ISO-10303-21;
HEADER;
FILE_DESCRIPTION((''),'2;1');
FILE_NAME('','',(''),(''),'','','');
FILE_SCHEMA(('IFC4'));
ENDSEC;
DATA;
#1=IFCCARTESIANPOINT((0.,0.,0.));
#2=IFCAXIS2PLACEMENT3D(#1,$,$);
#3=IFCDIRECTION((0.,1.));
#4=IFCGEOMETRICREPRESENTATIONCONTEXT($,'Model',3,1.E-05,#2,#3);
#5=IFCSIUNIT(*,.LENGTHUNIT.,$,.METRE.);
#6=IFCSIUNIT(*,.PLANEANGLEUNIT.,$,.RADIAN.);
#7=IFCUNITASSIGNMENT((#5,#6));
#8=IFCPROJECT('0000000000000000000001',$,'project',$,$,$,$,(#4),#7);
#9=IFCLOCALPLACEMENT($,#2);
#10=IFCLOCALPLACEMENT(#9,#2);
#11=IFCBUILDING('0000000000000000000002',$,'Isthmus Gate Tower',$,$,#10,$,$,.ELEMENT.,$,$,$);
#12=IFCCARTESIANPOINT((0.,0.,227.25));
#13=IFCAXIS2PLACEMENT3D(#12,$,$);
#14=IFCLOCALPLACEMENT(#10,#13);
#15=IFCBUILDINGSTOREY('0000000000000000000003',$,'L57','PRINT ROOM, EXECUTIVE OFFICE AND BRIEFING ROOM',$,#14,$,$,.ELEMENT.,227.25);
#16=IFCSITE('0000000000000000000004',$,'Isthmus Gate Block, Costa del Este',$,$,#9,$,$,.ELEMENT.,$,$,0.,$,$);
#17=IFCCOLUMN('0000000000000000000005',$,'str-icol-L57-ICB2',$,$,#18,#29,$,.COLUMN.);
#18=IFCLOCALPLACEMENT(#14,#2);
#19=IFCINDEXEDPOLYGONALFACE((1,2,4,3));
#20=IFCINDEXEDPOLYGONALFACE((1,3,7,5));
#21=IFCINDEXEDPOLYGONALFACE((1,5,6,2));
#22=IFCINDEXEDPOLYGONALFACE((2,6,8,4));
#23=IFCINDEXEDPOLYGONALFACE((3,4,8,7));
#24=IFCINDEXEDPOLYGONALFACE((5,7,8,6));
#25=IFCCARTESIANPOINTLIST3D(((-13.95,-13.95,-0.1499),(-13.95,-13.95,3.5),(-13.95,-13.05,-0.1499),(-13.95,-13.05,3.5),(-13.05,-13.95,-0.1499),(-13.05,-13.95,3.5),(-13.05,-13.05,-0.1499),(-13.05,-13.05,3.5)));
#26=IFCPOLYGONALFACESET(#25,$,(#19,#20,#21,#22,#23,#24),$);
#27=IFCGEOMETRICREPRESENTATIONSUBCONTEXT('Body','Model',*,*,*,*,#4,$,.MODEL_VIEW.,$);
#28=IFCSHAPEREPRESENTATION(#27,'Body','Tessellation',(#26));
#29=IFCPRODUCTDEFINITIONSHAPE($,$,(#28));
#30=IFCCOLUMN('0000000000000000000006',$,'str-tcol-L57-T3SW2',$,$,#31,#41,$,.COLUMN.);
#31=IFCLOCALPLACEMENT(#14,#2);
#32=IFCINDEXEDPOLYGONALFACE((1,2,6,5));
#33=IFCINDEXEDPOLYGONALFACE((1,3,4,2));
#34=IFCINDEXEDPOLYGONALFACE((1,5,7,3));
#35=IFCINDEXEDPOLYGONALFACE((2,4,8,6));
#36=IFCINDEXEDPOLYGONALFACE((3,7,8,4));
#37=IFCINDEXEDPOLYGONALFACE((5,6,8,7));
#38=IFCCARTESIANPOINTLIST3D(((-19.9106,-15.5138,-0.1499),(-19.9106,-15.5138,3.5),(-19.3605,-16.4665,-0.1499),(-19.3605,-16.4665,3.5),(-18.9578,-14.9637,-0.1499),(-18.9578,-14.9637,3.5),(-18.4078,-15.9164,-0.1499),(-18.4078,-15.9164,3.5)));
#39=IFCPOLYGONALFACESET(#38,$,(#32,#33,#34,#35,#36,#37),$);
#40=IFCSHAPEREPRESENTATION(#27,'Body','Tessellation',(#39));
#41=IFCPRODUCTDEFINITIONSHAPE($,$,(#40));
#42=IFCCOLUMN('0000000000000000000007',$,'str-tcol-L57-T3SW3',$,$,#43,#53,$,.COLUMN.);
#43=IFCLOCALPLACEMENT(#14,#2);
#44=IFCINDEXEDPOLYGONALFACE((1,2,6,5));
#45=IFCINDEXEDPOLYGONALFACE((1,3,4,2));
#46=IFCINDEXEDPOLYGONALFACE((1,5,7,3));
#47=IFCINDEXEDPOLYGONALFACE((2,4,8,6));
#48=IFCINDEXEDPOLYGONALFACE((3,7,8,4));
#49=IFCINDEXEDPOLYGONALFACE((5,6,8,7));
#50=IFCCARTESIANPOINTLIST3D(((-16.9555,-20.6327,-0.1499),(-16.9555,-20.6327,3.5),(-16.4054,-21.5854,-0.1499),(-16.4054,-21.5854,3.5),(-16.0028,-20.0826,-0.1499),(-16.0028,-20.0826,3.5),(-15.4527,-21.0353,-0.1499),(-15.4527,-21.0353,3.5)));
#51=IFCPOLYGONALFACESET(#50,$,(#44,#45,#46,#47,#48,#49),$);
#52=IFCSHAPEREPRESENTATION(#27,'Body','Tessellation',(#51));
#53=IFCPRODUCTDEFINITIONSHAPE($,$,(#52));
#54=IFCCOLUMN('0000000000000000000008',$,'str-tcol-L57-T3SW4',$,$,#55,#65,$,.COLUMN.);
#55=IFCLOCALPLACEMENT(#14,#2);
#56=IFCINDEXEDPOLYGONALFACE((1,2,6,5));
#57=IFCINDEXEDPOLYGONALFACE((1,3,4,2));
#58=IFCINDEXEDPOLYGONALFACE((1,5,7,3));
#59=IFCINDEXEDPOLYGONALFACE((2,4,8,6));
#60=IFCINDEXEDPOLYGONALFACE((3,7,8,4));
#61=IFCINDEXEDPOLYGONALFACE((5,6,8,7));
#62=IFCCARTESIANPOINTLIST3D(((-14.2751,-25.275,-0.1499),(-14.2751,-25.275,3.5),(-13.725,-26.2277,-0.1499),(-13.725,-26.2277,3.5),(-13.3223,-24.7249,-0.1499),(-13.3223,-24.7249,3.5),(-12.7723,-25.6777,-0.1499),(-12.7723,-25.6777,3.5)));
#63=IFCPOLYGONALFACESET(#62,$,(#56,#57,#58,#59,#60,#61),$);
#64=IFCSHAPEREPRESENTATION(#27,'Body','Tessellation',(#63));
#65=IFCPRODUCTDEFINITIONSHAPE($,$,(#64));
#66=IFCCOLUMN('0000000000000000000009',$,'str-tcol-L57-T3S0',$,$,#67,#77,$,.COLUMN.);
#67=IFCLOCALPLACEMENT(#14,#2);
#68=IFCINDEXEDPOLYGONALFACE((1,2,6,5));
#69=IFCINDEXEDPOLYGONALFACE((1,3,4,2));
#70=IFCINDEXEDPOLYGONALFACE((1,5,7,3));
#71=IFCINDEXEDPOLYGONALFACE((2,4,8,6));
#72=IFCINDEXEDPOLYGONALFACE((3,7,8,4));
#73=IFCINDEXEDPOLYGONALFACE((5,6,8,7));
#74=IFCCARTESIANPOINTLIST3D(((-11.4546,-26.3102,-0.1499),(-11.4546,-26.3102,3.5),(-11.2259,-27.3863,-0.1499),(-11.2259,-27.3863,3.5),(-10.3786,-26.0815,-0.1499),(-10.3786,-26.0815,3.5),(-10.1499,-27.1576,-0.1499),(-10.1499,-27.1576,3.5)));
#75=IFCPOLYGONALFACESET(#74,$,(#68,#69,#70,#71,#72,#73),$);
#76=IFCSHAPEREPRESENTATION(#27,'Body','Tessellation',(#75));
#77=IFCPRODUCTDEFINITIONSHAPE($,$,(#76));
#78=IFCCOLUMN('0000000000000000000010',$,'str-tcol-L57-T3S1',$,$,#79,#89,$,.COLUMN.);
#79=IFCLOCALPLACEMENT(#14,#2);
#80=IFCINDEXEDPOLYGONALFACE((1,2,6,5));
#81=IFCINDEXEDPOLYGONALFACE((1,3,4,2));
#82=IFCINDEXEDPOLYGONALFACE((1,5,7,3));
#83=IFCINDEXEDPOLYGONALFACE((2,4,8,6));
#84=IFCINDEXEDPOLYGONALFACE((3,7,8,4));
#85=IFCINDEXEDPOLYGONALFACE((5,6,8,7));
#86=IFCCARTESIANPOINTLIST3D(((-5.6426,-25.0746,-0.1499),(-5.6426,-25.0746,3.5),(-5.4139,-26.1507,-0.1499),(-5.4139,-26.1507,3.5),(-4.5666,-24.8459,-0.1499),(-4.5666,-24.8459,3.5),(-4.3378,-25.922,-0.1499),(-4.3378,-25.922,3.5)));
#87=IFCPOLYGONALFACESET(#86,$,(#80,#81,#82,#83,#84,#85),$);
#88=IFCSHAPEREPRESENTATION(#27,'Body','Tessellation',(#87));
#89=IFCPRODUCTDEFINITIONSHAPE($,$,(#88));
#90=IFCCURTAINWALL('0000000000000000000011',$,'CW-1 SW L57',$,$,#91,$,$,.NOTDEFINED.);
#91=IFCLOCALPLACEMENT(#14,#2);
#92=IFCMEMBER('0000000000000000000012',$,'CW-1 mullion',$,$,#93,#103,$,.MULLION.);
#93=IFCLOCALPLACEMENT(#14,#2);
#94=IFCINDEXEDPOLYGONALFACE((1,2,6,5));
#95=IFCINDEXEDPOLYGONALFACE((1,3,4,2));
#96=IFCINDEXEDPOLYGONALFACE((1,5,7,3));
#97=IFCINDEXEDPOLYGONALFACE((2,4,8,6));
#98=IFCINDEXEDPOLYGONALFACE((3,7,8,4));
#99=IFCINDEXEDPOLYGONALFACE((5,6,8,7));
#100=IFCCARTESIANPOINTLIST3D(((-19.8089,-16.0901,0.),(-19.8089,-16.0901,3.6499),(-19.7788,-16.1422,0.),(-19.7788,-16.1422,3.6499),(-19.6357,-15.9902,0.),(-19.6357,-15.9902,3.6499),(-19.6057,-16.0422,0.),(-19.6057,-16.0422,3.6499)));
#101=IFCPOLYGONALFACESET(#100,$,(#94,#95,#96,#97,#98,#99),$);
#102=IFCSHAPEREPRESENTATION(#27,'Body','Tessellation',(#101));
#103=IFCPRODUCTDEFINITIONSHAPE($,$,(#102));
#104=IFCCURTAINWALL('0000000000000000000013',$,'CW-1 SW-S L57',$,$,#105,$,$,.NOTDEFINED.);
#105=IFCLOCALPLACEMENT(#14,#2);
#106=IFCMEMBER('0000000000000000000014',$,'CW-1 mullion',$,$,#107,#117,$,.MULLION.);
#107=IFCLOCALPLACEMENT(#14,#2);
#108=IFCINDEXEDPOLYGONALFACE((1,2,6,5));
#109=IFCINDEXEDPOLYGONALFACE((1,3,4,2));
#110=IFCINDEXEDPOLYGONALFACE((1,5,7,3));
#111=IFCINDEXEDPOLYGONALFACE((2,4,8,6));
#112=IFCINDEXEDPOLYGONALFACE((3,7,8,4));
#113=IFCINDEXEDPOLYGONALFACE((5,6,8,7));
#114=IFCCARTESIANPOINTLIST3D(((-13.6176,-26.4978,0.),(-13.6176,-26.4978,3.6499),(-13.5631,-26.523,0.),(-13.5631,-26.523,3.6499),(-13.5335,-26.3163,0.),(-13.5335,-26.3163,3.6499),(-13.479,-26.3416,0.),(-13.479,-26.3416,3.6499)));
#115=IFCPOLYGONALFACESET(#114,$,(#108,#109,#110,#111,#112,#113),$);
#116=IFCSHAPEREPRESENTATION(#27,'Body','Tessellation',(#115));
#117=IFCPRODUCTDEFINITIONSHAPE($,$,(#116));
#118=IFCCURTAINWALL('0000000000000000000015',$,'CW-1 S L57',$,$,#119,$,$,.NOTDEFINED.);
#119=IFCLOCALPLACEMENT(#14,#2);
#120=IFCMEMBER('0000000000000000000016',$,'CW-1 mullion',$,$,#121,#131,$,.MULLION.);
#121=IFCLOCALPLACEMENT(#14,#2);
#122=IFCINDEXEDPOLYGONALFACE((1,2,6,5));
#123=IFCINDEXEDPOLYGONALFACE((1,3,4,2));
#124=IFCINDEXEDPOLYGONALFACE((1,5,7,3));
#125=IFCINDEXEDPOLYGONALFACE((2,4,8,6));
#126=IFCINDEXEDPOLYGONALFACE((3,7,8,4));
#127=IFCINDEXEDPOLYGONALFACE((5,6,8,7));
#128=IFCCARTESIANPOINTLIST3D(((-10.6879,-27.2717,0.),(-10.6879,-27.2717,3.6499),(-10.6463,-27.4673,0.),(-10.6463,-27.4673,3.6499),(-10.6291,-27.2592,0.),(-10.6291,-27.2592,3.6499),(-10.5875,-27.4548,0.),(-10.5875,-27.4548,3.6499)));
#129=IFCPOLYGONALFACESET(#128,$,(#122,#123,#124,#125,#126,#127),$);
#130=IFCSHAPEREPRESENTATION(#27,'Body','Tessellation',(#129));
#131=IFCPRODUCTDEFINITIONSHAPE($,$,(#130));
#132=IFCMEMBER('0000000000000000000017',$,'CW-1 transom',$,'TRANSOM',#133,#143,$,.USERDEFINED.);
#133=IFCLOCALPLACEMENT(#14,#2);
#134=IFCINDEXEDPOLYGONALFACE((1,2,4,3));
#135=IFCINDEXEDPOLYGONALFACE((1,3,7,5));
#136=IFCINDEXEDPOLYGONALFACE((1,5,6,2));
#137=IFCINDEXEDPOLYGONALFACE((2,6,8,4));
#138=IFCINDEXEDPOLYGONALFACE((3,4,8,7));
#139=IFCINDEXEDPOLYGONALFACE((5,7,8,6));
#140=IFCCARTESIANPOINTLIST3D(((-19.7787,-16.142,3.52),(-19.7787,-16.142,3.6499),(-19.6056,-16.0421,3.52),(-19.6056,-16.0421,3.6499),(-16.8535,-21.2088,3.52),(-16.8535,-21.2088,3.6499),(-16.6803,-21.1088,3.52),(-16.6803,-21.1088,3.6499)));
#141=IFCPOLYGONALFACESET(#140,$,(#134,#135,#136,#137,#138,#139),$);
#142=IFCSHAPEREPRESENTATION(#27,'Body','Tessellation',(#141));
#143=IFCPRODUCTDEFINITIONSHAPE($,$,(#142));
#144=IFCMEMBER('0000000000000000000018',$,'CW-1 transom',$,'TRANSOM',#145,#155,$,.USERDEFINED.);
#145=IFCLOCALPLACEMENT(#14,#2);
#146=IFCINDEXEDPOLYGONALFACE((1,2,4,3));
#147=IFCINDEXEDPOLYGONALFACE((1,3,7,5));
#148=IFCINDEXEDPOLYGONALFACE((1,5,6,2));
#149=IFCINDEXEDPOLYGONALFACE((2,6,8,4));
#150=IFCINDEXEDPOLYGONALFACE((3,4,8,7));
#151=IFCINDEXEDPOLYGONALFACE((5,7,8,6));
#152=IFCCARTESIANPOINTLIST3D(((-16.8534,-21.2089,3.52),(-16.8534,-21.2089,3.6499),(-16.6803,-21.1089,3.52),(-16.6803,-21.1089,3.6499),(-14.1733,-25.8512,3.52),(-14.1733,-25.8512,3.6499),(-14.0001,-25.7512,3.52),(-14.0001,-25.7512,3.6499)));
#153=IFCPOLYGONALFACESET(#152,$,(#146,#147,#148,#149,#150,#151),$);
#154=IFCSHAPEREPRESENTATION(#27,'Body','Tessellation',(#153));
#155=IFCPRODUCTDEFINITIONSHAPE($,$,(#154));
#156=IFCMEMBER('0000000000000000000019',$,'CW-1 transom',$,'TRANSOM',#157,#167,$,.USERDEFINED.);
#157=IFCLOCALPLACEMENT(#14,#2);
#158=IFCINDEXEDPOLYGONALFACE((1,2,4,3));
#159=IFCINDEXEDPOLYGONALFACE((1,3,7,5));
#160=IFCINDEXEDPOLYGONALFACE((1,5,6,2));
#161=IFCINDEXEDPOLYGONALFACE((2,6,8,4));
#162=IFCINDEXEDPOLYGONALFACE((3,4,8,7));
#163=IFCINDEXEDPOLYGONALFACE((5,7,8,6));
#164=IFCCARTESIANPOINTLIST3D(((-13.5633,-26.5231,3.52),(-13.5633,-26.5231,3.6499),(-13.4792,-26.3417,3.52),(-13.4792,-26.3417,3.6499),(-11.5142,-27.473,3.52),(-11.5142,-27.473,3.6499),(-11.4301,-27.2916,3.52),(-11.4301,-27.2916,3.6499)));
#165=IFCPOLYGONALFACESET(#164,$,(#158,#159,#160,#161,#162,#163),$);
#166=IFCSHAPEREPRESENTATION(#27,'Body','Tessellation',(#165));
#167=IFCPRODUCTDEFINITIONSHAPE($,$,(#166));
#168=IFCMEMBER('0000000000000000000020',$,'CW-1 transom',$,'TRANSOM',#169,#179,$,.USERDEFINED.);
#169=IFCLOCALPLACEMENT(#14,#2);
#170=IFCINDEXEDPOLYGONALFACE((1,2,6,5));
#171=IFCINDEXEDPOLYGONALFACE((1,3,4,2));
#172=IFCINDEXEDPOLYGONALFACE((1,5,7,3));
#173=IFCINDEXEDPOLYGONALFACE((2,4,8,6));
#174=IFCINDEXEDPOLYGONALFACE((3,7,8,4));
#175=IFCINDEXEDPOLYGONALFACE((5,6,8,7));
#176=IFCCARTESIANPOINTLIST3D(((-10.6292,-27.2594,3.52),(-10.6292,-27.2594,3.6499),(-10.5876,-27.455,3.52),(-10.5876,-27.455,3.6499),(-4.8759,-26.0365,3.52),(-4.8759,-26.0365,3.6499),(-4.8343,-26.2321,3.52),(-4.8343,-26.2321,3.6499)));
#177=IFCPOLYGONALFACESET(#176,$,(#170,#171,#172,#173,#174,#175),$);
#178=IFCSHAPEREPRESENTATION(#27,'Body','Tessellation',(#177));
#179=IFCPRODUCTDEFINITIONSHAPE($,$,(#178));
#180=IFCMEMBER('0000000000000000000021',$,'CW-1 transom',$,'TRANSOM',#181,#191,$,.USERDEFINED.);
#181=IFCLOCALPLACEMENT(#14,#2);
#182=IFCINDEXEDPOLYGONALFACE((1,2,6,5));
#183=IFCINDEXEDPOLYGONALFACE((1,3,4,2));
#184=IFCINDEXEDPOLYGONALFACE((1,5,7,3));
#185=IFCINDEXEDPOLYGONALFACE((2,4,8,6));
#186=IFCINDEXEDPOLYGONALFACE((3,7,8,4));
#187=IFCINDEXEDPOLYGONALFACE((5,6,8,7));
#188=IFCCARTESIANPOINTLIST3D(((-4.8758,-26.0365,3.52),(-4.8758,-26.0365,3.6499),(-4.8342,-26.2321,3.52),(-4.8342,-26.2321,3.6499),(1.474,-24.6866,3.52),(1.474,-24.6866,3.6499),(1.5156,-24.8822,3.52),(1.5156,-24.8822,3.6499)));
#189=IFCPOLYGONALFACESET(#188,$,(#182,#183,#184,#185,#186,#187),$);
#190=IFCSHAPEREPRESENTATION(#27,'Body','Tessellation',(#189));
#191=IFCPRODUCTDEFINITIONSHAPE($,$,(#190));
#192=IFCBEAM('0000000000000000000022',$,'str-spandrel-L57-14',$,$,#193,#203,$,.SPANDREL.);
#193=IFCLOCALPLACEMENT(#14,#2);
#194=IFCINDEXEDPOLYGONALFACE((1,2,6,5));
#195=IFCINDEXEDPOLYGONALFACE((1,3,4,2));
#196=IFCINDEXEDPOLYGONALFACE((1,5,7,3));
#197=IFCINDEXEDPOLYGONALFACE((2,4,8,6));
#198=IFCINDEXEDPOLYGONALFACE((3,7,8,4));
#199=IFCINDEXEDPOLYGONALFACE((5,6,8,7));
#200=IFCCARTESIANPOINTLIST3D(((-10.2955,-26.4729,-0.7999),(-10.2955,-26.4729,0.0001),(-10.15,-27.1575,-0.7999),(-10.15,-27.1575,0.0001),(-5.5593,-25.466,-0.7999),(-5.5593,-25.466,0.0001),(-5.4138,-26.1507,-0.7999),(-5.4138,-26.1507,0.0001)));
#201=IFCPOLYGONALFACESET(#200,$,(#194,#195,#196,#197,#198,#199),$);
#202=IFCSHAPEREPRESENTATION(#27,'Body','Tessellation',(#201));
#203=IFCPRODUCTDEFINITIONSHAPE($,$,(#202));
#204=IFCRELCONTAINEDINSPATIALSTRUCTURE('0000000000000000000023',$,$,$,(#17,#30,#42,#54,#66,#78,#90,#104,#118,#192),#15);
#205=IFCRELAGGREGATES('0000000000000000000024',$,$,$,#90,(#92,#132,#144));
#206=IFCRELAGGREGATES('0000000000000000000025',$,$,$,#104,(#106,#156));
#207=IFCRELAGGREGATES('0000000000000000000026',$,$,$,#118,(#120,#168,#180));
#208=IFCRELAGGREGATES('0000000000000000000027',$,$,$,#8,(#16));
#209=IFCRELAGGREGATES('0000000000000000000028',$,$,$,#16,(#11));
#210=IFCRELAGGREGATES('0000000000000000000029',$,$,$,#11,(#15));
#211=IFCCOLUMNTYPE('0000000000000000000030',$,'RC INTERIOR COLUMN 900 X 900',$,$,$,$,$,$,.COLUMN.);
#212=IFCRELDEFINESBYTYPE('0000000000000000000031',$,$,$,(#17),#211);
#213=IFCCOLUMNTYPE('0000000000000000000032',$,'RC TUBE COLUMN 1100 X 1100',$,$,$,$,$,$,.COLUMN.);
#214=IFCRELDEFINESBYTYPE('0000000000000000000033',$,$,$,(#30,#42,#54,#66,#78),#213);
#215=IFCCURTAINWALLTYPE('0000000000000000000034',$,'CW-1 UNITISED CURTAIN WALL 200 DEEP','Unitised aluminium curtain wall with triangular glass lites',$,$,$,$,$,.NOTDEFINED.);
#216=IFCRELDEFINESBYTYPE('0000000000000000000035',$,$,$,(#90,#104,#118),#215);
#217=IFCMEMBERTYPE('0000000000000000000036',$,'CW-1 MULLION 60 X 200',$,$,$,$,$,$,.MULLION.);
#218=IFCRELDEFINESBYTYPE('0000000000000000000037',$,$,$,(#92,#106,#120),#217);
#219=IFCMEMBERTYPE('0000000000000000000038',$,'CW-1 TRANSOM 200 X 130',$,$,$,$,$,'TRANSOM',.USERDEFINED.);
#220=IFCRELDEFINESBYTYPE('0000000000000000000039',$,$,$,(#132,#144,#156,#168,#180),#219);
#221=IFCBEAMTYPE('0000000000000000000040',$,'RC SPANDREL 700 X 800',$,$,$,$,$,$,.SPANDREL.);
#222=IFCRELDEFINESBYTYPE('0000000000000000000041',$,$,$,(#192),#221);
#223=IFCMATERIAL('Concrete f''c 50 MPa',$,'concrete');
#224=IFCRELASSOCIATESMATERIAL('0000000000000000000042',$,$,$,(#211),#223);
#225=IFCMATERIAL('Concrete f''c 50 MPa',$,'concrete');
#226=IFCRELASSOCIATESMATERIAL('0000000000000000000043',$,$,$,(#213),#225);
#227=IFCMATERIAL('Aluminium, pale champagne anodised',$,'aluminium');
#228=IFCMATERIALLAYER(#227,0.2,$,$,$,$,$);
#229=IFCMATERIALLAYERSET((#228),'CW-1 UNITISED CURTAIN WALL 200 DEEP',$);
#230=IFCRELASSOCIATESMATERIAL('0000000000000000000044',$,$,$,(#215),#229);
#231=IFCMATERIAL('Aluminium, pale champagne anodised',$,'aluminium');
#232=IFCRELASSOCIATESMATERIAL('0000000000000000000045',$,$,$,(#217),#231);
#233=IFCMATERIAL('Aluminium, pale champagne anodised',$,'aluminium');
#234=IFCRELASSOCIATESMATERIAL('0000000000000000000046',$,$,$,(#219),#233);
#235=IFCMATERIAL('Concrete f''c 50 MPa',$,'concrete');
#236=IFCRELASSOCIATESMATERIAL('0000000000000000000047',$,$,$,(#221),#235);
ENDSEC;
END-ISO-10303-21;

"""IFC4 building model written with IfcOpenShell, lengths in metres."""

from ifc_helpers import new_model, si_unit, direction, frame, origin, origin_2d, place, context, subcontext, project, spatial, rectangle, extrude, material, layer, layer_set, material_profile, profile_set, type_object, element, aggregate, save


model = new_model("IFC4")

# Units and contexts
model_context = context("Model", 3, precision=1e-05, world=origin(), true_north=direction((0.0, 1.0)))
body_context = subcontext(model_context, "Body", "Model", "MODEL_VIEW")
ifc_project = project(units=[si_unit("LENGTHUNIT", "METRE"), si_unit("PLANEANGLEUNIT", "RADIAN")], contexts=[model_context])

# Site, building, storey
site_placement = place(None, origin())
site = spatial("IfcSite", under=ifc_project, at=site_placement, Name="Isthmus Gate Block, Costa del Este", CompositionType="ELEMENT", RefElevation=0.0)
building_placement = place(site_placement, origin())
building = spatial("IfcBuilding", under=site, at=building_placement, Name="Isthmus Gate Tower", CompositionType="ELEMENT")
storey_placement = place(building_placement, frame((0.0, 0.0, 227.25)))
storey = spatial("IfcBuildingStorey", under=building, at=storey_placement, Name="L57", Description="PRINT ROOM, EXECUTIVE OFFICE AND BRIEFING ROOM", CompositionType="ELEMENT", Elevation=227.25)

# Columns
ifc_material_1 = material(Name="Concrete f'c 50 MPa", Category="concrete")
ifc_material_profile_1 = material_profile(ifc_material_1, rectangle(XDim=0.8999, YDim=0.8999, at=origin_2d()), Name="RC 900X900")
ifc_profile_set_1 = profile_set([ifc_material_profile_1], Name="Concrete f'c 50 MPa")
column_type_1 = type_object("IfcColumnType", Name="RC INTERIOR COLUMN 900 X 900", PredefinedType="COLUMN", material=ifc_profile_set_1)
column_placement = place(storey_placement, frame((-13.5, -13.5, -0.1499), z_axis=(0.0, 0.0, 1.0), x_axis=(1.0, 0.0, 0.0)))
element("IfcColumn", 1, at=column_placement, inside=storey, type_object=column_type_1, Name="str-icol-L57-ICB2", PredefinedType="COLUMN", context=body_context, shape_type="SweptSolid", body=[
    extrude(rectangle(XDim=0.8999, YDim=0.8999, at=origin_2d()), origin(), (0.0, 0.0, 1.0), 3.6499),
])
ifc_material_2 = material(Name="Concrete f'c 50 MPa", Category="concrete")
ifc_material_profile_2 = material_profile(ifc_material_2, rectangle(XDim=1.1001, YDim=1.1001, at=origin_2d()), Name="RC 1100X1100")
ifc_profile_set_2 = profile_set([ifc_material_profile_2], Name="Concrete f'c 50 MPa")
column_type_2 = type_object("IfcColumnType", Name="RC TUBE COLUMN 1100 X 1100", PredefinedType="COLUMN", material=ifc_profile_set_2)
for number, where, z_axis, x_axis, name in (
    (2, (-19.1592, -15.7151, -0.1499), (0.0, 0.0, 1.0), (0.5, -0.866025, 0.0), "str-tcol-L57-T3SW2"),
    (3, (-16.2041, -20.834, -0.1499), (0.0, 0.0, 1.0), (0.5, -0.866025, 0.0), "str-tcol-L57-T3SW3"),
    (4, (-13.5237, -25.4763, -0.1499), (0.0, 0.0, 1.0), (0.5, -0.866025, 0.0), "str-tcol-L57-T3SW4"),
    (5, (-10.8022, -26.7339, -0.1499), (0.0, 0.0, 1.0), (0.978148, 0.207912, 0.0), "str-tcol-L57-T3S0"),
    (6, (-4.9902, -25.4983, -0.1499), (0.0, 0.0, 1.0), (0.978148, 0.207912, 0.0), "str-tcol-L57-T3S1"),
):
    element("IfcColumn", number, at=place(storey_placement, frame(where, z_axis=z_axis, x_axis=x_axis)), inside=storey, type_object=column_type_2, Name=name, PredefinedType="COLUMN", context=body_context, shape_type="SweptSolid", body=[
        extrude(rectangle(XDim=1.1001, YDim=1.1001, at=origin_2d()), origin(), (0.0, 0.0, 1.0), 3.6499),
    ])

# Curtain walls, members
ifc_material_3 = material(Name="Aluminium, pale champagne anodised", Category="aluminium")
ifc_layer_1 = layer(ifc_material_3, 0.2)
ifc_layer_set_1 = layer_set([ifc_layer_1], Name="CW-1 UNITISED CURTAIN WALL 200 DEEP")
curtain_wall_type = type_object("IfcCurtainWallType", Name="CW-1 UNITISED CURTAIN WALL 200 DEEP", Description="Unitised aluminium curtain wall with triangular glass lites", PredefinedType="NOTDEFINED", material=ifc_layer_set_1)
curtain_wall_1_placement = place(storey_placement, origin())
curtain_wall_1 = element("IfcCurtainWall", 7, at=curtain_wall_1_placement, inside=storey, type_object=curtain_wall_type, Name="CW-1 SW L57", PredefinedType="NOTDEFINED")
ifc_material_4 = material(Name="Aluminium, pale champagne anodised", Category="aluminium")
ifc_material_profile_3 = material_profile(ifc_material_4, rectangle(XDim=0.0601, YDim=0.2, at=origin_2d()), Name="60x200")
ifc_profile_set_3 = profile_set([ifc_material_profile_3], Name="Aluminium, pale champagne anodised")
member_type_1 = type_object("IfcMemberType", Name="CW-1 MULLION 60 X 200", PredefinedType="MULLION", material=ifc_profile_set_3)
member_1_placement = place(storey_placement, frame((-19.7073, -16.0662, 0.0), z_axis=(0.0, 0.0, 1.0), x_axis=(0.5, -0.866025, 0.0)))
member_1 = element("IfcMember", 8, at=member_1_placement, type_object=member_type_1, Name="CW-1 mullion", PredefinedType="MULLION", context=body_context, shape_type="SweptSolid", body=[
    extrude(rectangle(XDim=0.0601, YDim=0.2, at=origin_2d()), origin(), (0.0, 0.0, 1.0), 3.6499),
])
curtain_wall_2_placement = place(storey_placement, origin())
curtain_wall_2 = element("IfcCurtainWall", 9, at=curtain_wall_2_placement, inside=storey, type_object=curtain_wall_type, Name="CW-1 SW-S L57", PredefinedType="NOTDEFINED")
member_2_placement = place(storey_placement, frame((-13.5483, -26.4197, 0.0), z_axis=(0.0, 0.0, 1.0), x_axis=(0.907256, -0.420578, 0.0)))
member_2 = element("IfcMember", 10, at=member_2_placement, type_object=member_type_1, Name="CW-1 mullion", PredefinedType="MULLION", context=body_context, shape_type="SweptSolid", body=[
    extrude(rectangle(XDim=0.0601, YDim=0.2, at=origin_2d()), origin(), (0.0, 0.0, 1.0), 3.6499),
])
curtain_wall_3_placement = place(storey_placement, origin())
curtain_wall_3 = element("IfcCurtainWall", 11, at=curtain_wall_3_placement, inside=storey, type_object=curtain_wall_type, Name="CW-1 S L57", PredefinedType="NOTDEFINED")
member_3_placement = place(storey_placement, frame((-10.6377, -27.3633, 0.0), z_axis=(0.0, 0.0, 1.0), x_axis=(0.978148, 0.207912, 0.0)))
member_3 = element("IfcMember", 12, at=member_3_placement, type_object=member_type_1, Name="CW-1 mullion", PredefinedType="MULLION", context=body_context, shape_type="SweptSolid", body=[
    extrude(rectangle(XDim=0.0601, YDim=0.2, at=origin_2d()), origin(), (0.0, 0.0, 1.0), 3.6499),
])

# Members
ifc_material_5 = material(Name="Aluminium, pale champagne anodised", Category="aluminium")
ifc_material_profile_4 = material_profile(ifc_material_5, rectangle(XDim=0.2, YDim=0.1299, at=origin_2d()), Name="200x130")
ifc_profile_set_4 = profile_set([ifc_material_profile_4], Name="Aluminium, pale champagne anodised")
member_type_2 = type_object("IfcMemberType", Name="CW-1 TRANSOM 200 X 130", ElementType="TRANSOM", PredefinedType="USERDEFINED", material=ifc_profile_set_4)
member_4_placement = place(storey_placement, frame((-19.6921, -16.092, 3.585), z_axis=(0.49999, -0.866031, 0.0), x_axis=(0.866031, 0.49999, 0.0)))
member_4 = element("IfcMember", 13, at=member_4_placement, type_object=member_type_2, Name="CW-1 transom", ObjectType="TRANSOM", PredefinedType="USERDEFINED", context=body_context, shape_type="SweptSolid", body=[
    extrude(rectangle(XDim=0.2, YDim=0.1299, at=origin_2d()), origin(), (0.0, 0.0, 1.0), 5.8506),
])
member_5_placement = place(storey_placement, frame((-16.7668, -21.1589, 3.585), z_axis=(0.499989, -0.866032, 0.0), x_axis=(0.866032, 0.499989, 0.0)))
member_5 = element("IfcMember", 14, at=member_5_placement, type_object=member_type_2, Name="CW-1 transom", ObjectType="TRANSOM", PredefinedType="USERDEFINED", context=body_context, shape_type="SweptSolid", body=[
    extrude(rectangle(XDim=0.2, YDim=0.1299, at=origin_2d()), origin(), (0.0, 0.0, 1.0), 5.3604),
])
member_6_placement = place(storey_placement, frame((-13.5212, -26.4324, 3.585), z_axis=(0.907246, -0.4206, 0.0), x_axis=(0.4206, 0.907246, 0.0)))
member_6 = element("IfcMember", 15, at=member_6_placement, type_object=member_type_2, Name="CW-1 transom", ObjectType="TRANSOM", PredefinedType="USERDEFINED", context=body_context, shape_type="SweptSolid", body=[
    extrude(rectangle(XDim=0.2, YDim=0.1299, at=origin_2d()), origin(), (0.0, 0.0, 1.0), 2.2585),
])
member_7_placement = place(storey_placement, frame((-10.6084, -27.3572, 3.585), z_axis=(0.978149, 0.207907, 0.0), x_axis=(-0.207907, 0.978149, 0.0)))
member_7 = element("IfcMember", 16, at=member_7_placement, type_object=member_type_2, Name="CW-1 transom", ObjectType="TRANSOM", PredefinedType="USERDEFINED", context=body_context, shape_type="SweptSolid", body=[
    extrude(rectangle(XDim=0.2, YDim=0.1299, at=origin_2d()), origin(), (0.0, 0.0, 1.0), 5.8818),
])
member_8_placement = place(storey_placement, frame((-4.855, -26.1343, 3.585), z_axis=(0.978143, 0.207934, 0.0), x_axis=(-0.207934, 0.978143, 0.0)))
member_8 = element("IfcMember", 17, at=member_8_placement, type_object=member_type_2, Name="CW-1 transom", ObjectType="TRANSOM", PredefinedType="USERDEFINED", context=body_context, shape_type="SweptSolid", body=[
    extrude(rectangle(XDim=0.2, YDim=0.1299, at=origin_2d()), origin(), (0.0, 0.0, 1.0), 6.4917),
])

# Beam
ifc_material_6 = material(Name="Concrete f'c 50 MPa", Category="concrete")
ifc_material_profile_5 = material_profile(ifc_material_6, rectangle(XDim=0.7, YDim=0.8, at=origin_2d()), Name="RC 700X800")
ifc_profile_set_5 = profile_set([ifc_material_profile_5], Name="Concrete f'c 50 MPa")
beam_type_1 = type_object("IfcBeamType", Name="RC SPANDREL 700 X 800", PredefinedType="SPANDREL", material=ifc_profile_set_5)
beam_1_placement = place(storey_placement, frame((-5.4866, -25.8083, -0.3999), z_axis=(-0.978141, -0.207941, 0.0), x_axis=(0.207941, -0.978141, 0.0)))
element("IfcBeam", 18, at=beam_1_placement, inside=storey, type_object=beam_type_1, Name="str-spandrel-L57-14", PredefinedType="SPANDREL", context=body_context, shape_type="SweptSolid", body=[
    extrude(rectangle(XDim=0.7, YDim=0.8, at=origin_2d()), origin(), (0.0, 0.0, 1.0), 4.842),
])

aggregate(curtain_wall_1, [member_1, member_4, member_5])
aggregate(curtain_wall_2, [member_2, member_6])
aggregate(curtain_wall_3, [member_3, member_7, member_8])

save(model, "model.ifc")
